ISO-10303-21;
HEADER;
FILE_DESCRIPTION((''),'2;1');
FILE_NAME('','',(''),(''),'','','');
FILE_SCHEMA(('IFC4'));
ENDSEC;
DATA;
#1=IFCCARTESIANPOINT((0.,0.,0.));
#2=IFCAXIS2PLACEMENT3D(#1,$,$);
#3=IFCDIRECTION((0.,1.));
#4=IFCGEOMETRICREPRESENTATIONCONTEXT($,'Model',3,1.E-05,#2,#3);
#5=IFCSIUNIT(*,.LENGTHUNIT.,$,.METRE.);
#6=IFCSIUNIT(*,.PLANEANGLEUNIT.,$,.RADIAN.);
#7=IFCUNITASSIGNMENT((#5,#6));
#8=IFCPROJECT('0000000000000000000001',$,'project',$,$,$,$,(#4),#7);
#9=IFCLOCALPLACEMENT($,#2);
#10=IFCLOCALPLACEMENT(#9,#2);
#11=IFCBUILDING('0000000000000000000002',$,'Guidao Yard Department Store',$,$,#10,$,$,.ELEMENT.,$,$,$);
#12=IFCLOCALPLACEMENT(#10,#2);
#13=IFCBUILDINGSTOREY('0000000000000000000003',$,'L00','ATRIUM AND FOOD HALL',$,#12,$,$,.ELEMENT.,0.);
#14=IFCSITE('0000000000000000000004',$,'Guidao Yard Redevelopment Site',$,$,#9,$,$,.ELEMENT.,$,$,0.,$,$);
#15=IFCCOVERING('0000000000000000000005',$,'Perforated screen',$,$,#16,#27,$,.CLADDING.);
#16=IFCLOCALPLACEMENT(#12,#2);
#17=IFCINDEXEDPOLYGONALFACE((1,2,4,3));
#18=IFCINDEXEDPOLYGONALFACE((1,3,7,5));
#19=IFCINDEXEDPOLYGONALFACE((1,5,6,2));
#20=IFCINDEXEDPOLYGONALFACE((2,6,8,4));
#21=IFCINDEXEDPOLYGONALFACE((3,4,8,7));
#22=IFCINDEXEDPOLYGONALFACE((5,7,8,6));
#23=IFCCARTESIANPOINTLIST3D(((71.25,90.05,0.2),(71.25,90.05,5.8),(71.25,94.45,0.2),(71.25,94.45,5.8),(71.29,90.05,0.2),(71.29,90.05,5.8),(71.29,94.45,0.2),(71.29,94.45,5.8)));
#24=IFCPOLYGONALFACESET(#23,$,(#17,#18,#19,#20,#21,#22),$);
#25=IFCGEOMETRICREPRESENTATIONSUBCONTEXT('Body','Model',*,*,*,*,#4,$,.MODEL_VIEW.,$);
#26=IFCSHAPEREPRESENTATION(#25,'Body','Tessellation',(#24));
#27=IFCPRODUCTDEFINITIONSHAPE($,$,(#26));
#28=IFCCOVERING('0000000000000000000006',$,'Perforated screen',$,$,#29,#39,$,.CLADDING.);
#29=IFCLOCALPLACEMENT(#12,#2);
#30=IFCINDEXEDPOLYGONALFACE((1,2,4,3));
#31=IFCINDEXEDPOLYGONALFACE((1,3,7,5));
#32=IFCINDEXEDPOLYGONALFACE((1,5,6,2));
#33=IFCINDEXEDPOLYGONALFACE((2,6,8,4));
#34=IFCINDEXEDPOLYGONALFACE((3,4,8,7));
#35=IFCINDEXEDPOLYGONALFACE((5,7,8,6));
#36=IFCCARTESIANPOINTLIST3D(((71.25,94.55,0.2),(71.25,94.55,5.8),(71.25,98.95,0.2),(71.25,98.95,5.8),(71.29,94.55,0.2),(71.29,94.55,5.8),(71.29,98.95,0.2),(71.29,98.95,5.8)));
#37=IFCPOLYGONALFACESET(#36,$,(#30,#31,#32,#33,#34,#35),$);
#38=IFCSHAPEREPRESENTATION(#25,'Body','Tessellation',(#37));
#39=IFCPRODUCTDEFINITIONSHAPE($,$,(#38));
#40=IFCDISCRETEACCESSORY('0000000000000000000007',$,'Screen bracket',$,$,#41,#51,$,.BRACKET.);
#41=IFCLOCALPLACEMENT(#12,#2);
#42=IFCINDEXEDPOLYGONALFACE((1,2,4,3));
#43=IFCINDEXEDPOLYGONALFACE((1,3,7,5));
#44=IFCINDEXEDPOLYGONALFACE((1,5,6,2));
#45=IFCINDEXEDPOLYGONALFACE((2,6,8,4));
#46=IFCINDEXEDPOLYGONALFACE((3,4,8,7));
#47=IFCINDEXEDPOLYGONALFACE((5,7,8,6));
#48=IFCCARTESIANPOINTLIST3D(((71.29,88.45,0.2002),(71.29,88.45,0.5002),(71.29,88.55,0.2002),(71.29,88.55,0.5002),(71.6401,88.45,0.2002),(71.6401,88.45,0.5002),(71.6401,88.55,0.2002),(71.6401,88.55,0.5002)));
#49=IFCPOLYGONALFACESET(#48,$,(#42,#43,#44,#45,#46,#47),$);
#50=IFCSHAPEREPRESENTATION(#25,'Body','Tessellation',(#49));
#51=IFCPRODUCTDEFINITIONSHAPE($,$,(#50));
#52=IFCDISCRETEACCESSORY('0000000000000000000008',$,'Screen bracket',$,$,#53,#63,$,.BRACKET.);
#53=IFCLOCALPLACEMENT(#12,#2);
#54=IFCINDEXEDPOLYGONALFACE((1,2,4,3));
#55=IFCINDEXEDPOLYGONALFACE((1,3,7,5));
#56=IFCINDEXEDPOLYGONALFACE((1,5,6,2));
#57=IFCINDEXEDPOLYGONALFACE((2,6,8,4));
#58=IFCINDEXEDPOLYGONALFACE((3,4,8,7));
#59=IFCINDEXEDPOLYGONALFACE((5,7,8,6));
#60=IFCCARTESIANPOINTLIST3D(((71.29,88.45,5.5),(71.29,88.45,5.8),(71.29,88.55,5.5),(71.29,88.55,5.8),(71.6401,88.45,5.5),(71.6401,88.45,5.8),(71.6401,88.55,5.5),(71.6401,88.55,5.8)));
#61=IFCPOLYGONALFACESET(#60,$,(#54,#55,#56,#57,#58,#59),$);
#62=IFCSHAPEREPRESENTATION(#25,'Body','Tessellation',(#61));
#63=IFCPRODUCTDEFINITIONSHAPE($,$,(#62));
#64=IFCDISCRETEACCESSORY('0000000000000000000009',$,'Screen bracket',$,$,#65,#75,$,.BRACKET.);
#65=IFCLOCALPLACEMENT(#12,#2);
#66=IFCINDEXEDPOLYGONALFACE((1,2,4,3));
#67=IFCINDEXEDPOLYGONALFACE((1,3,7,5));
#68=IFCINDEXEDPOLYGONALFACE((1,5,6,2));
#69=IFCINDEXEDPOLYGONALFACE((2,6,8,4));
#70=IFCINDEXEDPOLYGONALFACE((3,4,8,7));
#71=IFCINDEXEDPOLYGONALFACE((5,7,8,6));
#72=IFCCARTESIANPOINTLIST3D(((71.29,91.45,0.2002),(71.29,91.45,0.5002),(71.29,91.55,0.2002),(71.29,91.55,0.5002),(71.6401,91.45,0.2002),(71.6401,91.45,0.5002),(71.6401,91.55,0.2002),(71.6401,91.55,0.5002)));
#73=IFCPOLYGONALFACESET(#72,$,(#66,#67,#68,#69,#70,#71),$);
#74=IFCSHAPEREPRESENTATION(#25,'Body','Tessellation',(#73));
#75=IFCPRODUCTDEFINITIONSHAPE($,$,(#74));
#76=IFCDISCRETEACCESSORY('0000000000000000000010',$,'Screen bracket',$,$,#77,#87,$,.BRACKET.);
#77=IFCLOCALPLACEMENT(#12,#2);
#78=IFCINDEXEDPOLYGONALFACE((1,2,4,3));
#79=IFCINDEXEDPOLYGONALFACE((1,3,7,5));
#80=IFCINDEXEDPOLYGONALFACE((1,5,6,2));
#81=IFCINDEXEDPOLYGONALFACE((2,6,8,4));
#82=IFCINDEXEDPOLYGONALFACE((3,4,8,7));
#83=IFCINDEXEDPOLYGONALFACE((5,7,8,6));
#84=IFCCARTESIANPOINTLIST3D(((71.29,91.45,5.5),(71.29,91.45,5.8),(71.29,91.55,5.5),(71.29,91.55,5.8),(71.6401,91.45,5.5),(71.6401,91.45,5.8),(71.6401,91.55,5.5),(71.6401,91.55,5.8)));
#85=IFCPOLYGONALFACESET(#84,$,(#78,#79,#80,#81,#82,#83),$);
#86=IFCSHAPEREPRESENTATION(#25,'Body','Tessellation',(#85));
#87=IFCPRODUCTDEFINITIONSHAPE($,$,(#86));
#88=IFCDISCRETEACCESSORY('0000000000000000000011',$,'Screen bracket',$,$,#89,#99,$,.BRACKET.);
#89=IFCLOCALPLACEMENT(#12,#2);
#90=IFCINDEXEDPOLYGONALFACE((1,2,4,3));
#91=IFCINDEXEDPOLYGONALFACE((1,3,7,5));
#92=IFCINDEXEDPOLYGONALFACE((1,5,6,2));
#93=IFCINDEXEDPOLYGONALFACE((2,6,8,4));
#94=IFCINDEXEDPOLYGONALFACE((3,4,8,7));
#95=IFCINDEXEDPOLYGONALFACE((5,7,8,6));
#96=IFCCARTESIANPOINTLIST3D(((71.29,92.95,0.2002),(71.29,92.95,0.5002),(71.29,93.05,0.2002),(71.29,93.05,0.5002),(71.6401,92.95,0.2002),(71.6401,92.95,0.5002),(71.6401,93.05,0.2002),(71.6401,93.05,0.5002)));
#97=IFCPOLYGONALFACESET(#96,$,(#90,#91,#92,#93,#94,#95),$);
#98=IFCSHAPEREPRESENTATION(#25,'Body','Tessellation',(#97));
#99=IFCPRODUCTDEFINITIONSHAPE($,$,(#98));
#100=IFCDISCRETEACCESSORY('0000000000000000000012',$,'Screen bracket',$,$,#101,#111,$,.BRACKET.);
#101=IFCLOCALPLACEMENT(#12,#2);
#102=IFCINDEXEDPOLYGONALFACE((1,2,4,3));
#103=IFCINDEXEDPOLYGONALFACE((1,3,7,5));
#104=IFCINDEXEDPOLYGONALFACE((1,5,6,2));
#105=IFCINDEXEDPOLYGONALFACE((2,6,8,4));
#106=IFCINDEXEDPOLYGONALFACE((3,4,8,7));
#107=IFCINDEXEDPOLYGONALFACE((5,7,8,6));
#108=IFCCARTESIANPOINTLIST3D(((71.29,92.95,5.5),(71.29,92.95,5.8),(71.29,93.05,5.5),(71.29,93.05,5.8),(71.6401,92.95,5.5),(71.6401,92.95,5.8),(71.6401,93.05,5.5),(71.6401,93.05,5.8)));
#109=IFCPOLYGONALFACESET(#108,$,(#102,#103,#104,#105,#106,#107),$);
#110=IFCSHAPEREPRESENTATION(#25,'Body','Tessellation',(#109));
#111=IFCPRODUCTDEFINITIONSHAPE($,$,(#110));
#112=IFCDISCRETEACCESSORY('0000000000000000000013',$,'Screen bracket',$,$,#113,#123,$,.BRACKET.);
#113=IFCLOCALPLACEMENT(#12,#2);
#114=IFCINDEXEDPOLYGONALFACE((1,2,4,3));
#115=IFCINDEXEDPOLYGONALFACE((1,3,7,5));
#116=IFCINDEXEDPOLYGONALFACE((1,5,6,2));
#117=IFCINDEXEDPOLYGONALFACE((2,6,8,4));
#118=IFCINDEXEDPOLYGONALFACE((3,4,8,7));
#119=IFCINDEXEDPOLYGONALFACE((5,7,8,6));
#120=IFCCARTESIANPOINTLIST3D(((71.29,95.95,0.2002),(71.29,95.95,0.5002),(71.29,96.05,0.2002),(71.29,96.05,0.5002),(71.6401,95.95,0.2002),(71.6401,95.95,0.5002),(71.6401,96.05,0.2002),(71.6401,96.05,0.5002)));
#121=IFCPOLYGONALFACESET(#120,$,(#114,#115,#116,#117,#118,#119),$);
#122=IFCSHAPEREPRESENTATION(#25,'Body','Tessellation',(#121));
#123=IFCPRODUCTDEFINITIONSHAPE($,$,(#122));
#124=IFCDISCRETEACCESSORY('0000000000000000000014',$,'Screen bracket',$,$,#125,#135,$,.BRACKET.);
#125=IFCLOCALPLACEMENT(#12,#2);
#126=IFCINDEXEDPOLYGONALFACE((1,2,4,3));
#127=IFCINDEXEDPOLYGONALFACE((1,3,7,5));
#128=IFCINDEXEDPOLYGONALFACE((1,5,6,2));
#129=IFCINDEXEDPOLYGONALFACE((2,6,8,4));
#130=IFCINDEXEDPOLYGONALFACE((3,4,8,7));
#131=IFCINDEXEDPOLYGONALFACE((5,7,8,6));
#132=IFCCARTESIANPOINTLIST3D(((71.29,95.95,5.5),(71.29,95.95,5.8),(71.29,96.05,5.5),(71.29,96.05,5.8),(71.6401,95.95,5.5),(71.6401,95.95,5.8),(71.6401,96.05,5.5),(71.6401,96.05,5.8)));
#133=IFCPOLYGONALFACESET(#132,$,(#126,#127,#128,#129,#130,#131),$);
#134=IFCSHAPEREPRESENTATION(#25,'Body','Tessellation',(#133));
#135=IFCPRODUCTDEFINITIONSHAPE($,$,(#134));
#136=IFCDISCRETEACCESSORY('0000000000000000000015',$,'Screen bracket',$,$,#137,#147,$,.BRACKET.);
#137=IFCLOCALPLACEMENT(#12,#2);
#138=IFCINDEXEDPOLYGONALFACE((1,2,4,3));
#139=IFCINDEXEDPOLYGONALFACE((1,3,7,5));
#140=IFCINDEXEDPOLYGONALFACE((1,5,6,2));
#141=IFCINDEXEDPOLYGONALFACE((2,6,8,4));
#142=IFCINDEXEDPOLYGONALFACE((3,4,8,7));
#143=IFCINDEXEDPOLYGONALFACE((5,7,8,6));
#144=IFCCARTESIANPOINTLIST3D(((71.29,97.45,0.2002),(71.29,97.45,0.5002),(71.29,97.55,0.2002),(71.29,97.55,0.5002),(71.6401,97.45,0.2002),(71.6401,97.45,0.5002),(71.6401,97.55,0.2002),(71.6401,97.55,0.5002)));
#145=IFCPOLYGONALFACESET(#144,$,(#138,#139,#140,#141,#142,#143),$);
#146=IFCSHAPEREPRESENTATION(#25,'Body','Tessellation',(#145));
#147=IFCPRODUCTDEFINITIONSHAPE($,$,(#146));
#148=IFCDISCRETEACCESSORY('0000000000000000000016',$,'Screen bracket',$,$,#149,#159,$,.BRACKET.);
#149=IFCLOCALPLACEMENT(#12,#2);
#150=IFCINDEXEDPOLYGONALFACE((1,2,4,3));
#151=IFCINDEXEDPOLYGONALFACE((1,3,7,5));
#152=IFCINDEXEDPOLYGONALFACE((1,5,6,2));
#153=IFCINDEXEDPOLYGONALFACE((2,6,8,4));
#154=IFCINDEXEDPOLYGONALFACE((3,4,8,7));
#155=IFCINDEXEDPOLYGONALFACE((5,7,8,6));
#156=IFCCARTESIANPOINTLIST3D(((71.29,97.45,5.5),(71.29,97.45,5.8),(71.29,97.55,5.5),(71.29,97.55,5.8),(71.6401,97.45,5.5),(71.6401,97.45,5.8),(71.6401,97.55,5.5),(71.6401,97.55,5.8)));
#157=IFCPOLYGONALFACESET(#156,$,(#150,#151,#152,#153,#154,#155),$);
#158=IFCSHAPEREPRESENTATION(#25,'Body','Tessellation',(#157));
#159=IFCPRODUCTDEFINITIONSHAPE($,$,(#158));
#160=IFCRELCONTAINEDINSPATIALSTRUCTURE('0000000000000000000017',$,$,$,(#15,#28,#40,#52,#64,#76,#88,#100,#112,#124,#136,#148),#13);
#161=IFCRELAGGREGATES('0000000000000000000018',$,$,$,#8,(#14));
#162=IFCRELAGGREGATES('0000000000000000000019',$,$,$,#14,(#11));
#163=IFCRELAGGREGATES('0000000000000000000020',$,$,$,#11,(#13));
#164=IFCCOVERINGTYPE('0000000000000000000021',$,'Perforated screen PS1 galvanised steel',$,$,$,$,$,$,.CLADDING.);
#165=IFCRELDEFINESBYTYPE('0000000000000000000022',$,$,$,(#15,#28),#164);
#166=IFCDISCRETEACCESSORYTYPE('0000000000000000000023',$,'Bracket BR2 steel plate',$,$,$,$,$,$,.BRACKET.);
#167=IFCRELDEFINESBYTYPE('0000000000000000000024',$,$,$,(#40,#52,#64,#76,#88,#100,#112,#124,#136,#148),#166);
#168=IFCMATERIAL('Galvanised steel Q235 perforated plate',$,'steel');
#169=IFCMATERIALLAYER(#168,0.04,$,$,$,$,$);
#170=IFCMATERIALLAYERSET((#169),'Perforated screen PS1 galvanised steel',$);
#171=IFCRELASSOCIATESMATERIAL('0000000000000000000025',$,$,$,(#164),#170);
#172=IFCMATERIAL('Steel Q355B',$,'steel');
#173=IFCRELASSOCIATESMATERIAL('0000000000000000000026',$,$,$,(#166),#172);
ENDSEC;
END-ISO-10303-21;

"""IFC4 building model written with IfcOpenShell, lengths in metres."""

from ifc_helpers import new_model, si_unit, direction, frame, origin, origin_2d, place, context, subcontext, project, spatial, rectangle, extrude, material, layer, layer_set, type_object, element, save


model = new_model("IFC4")

# Units and contexts
model_context = context("Model", 3, precision=1e-05, world=origin(), true_north=direction((0.0, 1.0)))
body_context = subcontext(model_context, "Body", "Model", "MODEL_VIEW")
ifc_project = project(units=[si_unit("LENGTHUNIT", "METRE"), si_unit("PLANEANGLEUNIT", "RADIAN")], contexts=[model_context])

# Site, building, storey
site_placement = place(None, origin())
site = spatial("IfcSite", under=ifc_project, at=site_placement, Name="Guidao Yard Redevelopment Site", CompositionType="ELEMENT", RefElevation=0.0)
building_placement = place(site_placement, origin())
building = spatial("IfcBuilding", under=site, at=building_placement, Name="Guidao Yard Department Store", CompositionType="ELEMENT")
storey_placement = place(building_placement, origin())
storey = spatial("IfcBuildingStorey", under=building, at=storey_placement, Name="L00", Description="ATRIUM AND FOOD HALL", CompositionType="ELEMENT", Elevation=0.0)

# Coverings
ifc_material_1 = material(Name="Galvanised steel Q235 perforated plate", Category="steel")
ifc_layer_1 = layer(ifc_material_1, 0.04)
ifc_layer_set_1 = layer_set([ifc_layer_1], Name="Perforated screen PS1 galvanised steel")
covering_type = type_object("IfcCoveringType", Name="Perforated screen PS1 galvanised steel", PredefinedType="CLADDING", material=ifc_layer_set_1)
for number, where, z_axis, x_axis, name in (
    (1, (71.27, 92.25, 0.2), (0.0, 0.0, 1.0), (0.0, 1.0, 0.0), "Perforated screen"),
    (2, (71.27, 96.75, 0.2), (0.0, 0.0, 1.0), (0.0, 1.0, 0.0), "Perforated screen"),
):
    element("IfcCovering", number, at=place(storey_placement, frame(where, z_axis=z_axis, x_axis=x_axis)), inside=storey, type_object=covering_type, Name=name, PredefinedType="CLADDING", context=body_context, shape_type="SweptSolid", body=[
        extrude(rectangle(XDim=4.3999, YDim=0.04, at=origin_2d()), origin(), (0.0, 0.0, 1.0), 5.6001),
    ])

# Discrete accessories
ifc_material_2 = material(Name="Steel Q355B", Category="steel")
discrete_accessory_type = type_object("IfcDiscreteAccessoryType", Name="Bracket BR2 steel plate", PredefinedType="BRACKET", material=ifc_material_2)
for number, where, z_axis, x_axis, name in (
    (3, (71.4651, 88.5, 0.2002), (0.0, 0.0, 1.0), (0.0, 1.0, 0.0), "Screen bracket"),
    (4, (71.4651, 88.5, 5.5), (0.0, 0.0, 1.0), (0.0, 1.0, 0.0), "Screen bracket"),
    (5, (71.4651, 91.5, 0.2002), (0.0, 0.0, 1.0), (0.0, 1.0, 0.0), "Screen bracket"),
    (6, (71.4651, 91.5, 5.5), (0.0, 0.0, 1.0), (0.0, 1.0, 0.0), "Screen bracket"),
    (7, (71.4651, 93.0, 0.2002), (0.0, 0.0, 1.0), (0.0, 1.0, 0.0), "Screen bracket"),
    (8, (71.4651, 93.0, 5.5), (0.0, 0.0, 1.0), (0.0, 1.0, 0.0), "Screen bracket"),
    (9, (71.4651, 96.0, 0.2002), (0.0, 0.0, 1.0), (0.0, 1.0, 0.0), "Screen bracket"),
    (10, (71.4651, 96.0, 5.5), (0.0, 0.0, 1.0), (0.0, 1.0, 0.0), "Screen bracket"),
    (11, (71.4651, 97.5, 0.2002), (0.0, 0.0, 1.0), (0.0, 1.0, 0.0), "Screen bracket"),
    (12, (71.4651, 97.5, 5.5), (0.0, 0.0, 1.0), (0.0, 1.0, 0.0), "Screen bracket"),
):
    element("IfcDiscreteAccessory", number, at=place(storey_placement, frame(where, z_axis=z_axis, x_axis=x_axis)), inside=storey, type_object=discrete_accessory_type, Name=name, PredefinedType="BRACKET", context=body_context, shape_type="SweptSolid", body=[
        extrude(rectangle(XDim=0.1001, YDim=0.3501, at=origin_2d()), origin(), (0.0, 0.0, 1.0), 0.3),
    ])

save(model, "model.ifc")
